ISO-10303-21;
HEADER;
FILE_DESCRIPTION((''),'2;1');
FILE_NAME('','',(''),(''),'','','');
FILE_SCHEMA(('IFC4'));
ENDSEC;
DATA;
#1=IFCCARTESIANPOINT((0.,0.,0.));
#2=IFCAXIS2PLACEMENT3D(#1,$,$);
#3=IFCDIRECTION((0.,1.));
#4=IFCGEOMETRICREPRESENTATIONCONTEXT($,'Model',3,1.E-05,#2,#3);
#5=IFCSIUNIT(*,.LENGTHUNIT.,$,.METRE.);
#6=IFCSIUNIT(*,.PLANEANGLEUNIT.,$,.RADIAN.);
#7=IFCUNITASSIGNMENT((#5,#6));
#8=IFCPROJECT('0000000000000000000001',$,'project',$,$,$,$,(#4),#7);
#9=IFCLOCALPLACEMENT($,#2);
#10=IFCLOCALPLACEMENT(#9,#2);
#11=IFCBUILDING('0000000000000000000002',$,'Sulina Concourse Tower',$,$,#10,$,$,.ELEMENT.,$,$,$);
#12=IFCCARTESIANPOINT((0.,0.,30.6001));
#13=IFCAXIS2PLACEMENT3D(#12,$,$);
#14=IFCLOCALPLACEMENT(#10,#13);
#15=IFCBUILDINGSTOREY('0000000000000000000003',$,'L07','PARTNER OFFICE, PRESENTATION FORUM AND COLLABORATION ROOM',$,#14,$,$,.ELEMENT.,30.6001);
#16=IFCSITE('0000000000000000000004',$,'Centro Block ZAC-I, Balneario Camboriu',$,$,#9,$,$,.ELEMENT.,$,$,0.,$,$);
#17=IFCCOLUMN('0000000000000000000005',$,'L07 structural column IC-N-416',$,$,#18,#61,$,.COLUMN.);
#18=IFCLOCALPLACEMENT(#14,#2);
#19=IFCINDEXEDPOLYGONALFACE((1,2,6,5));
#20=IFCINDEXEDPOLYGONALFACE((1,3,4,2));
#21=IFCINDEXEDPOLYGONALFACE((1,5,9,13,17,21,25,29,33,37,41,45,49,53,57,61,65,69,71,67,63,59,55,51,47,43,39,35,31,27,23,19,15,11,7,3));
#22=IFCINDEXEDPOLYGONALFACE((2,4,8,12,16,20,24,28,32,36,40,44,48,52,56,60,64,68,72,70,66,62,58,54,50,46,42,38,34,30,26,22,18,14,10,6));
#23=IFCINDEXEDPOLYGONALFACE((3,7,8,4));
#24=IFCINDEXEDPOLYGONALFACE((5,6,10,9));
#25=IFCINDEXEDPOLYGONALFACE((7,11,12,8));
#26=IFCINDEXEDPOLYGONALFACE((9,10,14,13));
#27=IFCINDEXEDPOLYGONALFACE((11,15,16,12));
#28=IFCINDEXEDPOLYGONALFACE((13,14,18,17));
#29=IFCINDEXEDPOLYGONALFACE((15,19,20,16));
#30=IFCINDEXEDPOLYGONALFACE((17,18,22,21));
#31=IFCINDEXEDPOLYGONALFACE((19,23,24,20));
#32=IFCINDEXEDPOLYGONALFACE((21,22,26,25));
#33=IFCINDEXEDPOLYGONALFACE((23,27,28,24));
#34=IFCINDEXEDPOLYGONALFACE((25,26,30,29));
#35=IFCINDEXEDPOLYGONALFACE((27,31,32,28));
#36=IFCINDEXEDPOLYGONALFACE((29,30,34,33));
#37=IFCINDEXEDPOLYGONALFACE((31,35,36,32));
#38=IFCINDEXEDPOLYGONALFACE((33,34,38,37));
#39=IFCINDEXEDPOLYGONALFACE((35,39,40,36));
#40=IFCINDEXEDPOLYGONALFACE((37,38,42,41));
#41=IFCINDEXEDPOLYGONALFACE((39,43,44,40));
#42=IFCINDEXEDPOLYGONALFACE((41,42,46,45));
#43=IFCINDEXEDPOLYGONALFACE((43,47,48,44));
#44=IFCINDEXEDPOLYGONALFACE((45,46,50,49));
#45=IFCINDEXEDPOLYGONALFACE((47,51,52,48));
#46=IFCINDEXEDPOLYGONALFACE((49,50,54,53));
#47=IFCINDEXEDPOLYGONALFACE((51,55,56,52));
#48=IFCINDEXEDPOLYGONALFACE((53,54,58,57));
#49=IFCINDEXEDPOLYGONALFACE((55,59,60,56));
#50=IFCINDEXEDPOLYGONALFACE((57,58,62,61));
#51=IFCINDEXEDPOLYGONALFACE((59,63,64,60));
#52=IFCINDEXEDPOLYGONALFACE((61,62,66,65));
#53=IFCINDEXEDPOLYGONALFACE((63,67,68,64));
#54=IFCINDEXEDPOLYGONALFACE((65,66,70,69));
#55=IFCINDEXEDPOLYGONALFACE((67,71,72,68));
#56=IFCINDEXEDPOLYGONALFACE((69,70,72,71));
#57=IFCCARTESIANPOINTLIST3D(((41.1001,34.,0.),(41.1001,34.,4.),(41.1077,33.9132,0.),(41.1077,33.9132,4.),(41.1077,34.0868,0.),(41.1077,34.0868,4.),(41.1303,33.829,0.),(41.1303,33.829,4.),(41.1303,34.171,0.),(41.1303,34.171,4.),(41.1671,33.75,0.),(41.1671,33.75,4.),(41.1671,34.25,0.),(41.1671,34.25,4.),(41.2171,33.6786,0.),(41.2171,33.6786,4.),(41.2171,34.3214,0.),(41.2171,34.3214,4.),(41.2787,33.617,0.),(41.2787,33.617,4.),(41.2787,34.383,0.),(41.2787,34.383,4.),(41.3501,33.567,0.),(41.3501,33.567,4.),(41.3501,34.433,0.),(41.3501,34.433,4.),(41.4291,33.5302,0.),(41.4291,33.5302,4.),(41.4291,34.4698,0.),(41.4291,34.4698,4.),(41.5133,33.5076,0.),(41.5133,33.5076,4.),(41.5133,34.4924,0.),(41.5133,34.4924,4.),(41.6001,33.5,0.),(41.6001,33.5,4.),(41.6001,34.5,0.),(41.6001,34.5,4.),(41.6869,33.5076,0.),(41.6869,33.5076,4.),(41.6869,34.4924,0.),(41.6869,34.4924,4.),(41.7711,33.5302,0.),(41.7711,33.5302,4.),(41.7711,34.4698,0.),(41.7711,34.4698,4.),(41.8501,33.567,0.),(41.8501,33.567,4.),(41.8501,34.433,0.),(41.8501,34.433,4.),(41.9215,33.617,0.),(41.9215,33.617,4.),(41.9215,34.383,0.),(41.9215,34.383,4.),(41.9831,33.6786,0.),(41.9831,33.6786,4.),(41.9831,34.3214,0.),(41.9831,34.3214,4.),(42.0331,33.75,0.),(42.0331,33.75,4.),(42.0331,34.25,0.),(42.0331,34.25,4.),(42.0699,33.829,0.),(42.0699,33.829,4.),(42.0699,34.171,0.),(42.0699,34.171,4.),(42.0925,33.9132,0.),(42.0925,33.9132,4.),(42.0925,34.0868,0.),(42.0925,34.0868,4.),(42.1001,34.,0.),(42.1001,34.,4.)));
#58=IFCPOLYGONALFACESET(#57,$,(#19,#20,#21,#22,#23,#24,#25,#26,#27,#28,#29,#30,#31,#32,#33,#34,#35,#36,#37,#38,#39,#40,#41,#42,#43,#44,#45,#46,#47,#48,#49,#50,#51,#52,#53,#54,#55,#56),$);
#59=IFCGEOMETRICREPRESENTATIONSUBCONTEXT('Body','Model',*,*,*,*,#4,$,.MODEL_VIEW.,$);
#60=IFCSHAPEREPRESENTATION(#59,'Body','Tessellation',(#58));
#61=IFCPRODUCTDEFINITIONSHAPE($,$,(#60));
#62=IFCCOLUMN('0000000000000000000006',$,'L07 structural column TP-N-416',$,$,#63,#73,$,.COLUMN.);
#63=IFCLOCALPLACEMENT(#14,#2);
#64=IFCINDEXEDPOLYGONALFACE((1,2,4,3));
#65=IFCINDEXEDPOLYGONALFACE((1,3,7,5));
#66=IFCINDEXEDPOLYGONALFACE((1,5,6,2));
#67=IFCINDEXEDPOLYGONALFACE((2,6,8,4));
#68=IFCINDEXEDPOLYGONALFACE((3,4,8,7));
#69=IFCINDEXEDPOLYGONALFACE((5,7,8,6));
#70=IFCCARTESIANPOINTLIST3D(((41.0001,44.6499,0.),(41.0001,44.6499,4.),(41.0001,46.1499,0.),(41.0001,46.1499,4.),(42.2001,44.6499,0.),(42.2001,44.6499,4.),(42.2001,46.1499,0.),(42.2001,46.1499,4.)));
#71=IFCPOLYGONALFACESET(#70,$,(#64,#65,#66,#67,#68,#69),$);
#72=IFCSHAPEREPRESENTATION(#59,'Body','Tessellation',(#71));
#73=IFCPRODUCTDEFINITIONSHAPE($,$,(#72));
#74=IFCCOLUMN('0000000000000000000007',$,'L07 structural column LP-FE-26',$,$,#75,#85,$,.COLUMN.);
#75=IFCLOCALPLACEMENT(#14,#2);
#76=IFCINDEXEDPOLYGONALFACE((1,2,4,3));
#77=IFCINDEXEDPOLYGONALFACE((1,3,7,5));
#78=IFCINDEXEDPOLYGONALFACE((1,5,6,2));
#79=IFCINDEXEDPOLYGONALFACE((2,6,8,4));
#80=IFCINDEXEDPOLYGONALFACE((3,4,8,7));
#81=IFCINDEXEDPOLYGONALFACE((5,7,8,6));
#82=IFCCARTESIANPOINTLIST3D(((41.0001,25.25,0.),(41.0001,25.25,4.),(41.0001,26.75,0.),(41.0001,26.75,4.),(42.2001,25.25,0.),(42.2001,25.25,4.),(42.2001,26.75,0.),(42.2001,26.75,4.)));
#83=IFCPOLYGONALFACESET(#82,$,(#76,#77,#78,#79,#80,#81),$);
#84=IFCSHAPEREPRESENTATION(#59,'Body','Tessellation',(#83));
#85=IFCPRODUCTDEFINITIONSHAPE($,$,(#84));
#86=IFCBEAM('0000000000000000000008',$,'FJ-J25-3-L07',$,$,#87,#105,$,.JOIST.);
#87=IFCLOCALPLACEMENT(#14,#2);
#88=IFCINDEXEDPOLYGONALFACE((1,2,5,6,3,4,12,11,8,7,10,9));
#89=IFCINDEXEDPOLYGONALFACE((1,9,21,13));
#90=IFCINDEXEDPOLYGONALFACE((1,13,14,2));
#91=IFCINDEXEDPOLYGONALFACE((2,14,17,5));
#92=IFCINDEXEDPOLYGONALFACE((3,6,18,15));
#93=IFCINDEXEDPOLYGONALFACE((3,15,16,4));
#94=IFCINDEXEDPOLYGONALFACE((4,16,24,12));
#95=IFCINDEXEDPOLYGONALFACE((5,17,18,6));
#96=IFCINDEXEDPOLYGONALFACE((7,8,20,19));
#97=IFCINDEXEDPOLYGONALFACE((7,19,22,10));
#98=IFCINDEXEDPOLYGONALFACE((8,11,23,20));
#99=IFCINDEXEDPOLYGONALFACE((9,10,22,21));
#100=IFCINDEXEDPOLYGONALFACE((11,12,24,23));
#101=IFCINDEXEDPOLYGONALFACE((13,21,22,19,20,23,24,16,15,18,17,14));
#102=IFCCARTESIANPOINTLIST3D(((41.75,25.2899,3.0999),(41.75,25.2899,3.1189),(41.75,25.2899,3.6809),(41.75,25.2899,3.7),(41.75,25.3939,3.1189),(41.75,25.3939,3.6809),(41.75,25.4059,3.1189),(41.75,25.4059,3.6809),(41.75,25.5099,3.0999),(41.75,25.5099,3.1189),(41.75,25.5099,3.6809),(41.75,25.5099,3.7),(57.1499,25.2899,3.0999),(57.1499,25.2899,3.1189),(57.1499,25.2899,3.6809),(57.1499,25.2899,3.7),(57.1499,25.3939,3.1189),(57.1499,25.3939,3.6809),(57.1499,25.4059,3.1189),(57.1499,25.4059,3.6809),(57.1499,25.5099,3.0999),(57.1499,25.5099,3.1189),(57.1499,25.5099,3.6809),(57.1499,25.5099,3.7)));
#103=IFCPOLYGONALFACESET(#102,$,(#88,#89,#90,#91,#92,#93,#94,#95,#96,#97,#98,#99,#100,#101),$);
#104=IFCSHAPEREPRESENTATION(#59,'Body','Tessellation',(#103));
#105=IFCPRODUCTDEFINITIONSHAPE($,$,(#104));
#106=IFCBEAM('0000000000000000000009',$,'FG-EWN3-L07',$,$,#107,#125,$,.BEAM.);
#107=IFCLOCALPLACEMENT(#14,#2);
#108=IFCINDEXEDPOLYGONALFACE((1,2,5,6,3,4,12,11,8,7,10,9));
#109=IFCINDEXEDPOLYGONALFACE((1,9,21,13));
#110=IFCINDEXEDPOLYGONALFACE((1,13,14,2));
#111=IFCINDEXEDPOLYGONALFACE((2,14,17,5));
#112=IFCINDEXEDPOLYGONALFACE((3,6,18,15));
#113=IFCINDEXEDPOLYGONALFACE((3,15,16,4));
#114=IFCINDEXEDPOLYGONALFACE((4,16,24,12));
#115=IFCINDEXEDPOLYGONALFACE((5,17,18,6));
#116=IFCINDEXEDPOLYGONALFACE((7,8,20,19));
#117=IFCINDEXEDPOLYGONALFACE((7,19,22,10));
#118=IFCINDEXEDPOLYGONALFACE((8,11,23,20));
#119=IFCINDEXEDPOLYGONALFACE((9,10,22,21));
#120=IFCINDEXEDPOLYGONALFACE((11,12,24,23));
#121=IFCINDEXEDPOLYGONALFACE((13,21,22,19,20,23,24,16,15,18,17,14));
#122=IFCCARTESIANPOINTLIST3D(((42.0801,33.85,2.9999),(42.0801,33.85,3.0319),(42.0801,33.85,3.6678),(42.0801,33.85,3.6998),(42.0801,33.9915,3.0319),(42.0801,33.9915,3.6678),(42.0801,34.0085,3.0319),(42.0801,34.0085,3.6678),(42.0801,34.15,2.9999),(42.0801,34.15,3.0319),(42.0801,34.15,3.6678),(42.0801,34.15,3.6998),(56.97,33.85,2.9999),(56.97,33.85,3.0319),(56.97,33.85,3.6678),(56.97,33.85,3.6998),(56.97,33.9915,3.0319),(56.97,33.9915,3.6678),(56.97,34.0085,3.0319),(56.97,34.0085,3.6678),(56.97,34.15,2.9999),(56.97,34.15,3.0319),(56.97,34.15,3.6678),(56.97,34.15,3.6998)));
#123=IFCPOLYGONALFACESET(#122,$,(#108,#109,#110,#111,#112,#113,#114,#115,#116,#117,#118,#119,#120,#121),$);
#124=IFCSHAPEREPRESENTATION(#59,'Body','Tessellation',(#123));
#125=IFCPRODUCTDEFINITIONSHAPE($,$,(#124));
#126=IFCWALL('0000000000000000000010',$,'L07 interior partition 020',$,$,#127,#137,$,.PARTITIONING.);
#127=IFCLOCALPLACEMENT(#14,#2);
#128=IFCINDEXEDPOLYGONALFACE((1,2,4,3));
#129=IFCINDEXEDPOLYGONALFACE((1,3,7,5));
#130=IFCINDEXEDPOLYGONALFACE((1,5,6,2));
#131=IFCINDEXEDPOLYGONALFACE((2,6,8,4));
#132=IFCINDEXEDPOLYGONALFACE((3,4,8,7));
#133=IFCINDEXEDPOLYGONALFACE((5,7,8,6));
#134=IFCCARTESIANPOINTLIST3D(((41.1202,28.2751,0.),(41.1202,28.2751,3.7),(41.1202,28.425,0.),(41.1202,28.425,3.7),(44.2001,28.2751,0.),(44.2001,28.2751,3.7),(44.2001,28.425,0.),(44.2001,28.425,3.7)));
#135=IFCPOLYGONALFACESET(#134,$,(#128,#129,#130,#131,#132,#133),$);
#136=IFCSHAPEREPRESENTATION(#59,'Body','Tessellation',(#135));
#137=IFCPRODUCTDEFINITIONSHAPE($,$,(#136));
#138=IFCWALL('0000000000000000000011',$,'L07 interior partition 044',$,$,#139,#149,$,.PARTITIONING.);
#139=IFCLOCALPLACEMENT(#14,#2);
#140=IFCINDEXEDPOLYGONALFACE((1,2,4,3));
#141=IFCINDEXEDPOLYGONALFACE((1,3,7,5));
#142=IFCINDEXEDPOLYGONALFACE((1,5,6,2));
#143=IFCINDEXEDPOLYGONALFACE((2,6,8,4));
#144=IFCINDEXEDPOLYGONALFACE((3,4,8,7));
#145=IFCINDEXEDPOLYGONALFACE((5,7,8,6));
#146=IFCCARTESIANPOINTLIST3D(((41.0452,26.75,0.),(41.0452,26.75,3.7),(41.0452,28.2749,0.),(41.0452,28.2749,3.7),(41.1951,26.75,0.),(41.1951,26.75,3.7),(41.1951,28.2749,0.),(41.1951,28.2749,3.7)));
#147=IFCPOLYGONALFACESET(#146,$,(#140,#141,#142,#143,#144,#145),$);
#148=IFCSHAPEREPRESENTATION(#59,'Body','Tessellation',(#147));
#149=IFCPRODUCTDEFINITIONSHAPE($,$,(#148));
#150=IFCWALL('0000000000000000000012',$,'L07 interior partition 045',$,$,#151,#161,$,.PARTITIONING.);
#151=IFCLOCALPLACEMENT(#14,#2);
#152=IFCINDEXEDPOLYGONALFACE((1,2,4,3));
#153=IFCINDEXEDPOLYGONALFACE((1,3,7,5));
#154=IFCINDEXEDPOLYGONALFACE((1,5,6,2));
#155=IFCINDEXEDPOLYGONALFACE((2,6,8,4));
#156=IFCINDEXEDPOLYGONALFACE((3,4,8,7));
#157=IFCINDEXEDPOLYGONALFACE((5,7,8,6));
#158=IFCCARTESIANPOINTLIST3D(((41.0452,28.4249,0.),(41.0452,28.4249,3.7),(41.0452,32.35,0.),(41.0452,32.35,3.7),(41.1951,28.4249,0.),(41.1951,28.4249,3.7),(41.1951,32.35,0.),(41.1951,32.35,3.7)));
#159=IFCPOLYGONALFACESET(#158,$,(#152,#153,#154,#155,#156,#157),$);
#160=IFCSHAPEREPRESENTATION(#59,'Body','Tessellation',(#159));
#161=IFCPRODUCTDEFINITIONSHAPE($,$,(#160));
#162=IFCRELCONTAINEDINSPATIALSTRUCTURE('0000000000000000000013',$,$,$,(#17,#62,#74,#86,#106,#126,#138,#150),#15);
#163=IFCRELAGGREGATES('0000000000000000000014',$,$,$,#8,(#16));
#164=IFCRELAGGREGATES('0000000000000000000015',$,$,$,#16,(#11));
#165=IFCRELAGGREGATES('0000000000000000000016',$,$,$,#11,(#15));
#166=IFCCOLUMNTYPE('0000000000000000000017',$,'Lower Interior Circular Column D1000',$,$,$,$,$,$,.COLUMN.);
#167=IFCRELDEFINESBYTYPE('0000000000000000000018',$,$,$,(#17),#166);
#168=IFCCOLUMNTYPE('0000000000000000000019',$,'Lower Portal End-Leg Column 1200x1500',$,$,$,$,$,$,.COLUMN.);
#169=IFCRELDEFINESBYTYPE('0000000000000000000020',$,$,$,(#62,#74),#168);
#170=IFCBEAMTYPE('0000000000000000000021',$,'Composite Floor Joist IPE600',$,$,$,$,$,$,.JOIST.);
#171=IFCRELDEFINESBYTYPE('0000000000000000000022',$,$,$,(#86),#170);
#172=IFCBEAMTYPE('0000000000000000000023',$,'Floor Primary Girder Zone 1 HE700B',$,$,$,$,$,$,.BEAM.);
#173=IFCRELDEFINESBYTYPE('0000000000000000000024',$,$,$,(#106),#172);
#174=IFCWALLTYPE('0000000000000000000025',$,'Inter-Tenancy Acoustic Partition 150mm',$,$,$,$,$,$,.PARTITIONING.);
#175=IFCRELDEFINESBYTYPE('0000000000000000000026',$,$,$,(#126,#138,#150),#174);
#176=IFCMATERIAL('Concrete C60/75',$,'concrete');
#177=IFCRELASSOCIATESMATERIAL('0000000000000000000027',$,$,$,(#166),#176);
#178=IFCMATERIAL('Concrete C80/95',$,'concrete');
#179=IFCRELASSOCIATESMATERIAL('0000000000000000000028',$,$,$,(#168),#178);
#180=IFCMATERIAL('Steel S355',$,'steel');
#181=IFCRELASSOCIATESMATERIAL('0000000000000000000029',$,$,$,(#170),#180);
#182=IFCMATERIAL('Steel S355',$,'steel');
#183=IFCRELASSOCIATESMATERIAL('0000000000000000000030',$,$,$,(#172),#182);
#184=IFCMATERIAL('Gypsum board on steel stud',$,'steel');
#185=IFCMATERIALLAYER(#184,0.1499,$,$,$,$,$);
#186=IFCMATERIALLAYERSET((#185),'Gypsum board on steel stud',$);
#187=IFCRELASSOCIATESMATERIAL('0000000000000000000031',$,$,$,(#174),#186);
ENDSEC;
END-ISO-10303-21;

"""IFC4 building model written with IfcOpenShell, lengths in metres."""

from ifc_helpers import new_model, si_unit, direction, frame, frame_2d, origin, origin_2d, place, context, subcontext, project, spatial, rectangle, circle, i_section, extrude, material, layer, layer_set, material_profile, profile_set, type_object, element, save


model = new_model("IFC4")

# Units and contexts
model_context = context("Model", 3, precision=1e-05, world=origin(), true_north=direction((0.0, 1.0)))
body_context = subcontext(model_context, "Body", "Model", "MODEL_VIEW")
ifc_project = project(units=[si_unit("LENGTHUNIT", "METRE"), si_unit("PLANEANGLEUNIT", "RADIAN")], contexts=[model_context])

# Site, building, storey
site_placement = place(None, origin())
site = spatial("IfcSite", under=ifc_project, at=site_placement, Name="Centro Block ZAC-I, Balneario Camboriu", CompositionType="ELEMENT", RefElevation=0.0)
building_placement = place(site_placement, origin())
building = spatial("IfcBuilding", under=site, at=building_placement, Name="Sulina Concourse Tower", CompositionType="ELEMENT")
storey_placement = place(building_placement, frame((0.0, 0.0, 30.6001)))
storey = spatial("IfcBuildingStorey", under=building, at=storey_placement, Name="L07", Description="PARTNER OFFICE, PRESENTATION FORUM AND COLLABORATION ROOM", CompositionType="ELEMENT", Elevation=30.6001)

# Columns
ifc_material_1 = material(Name="Concrete C60/75", Category="concrete")
ifc_material_profile_1 = material_profile(ifc_material_1, circle(Radius=0.5, at=origin_2d()), Name="RC D1000")
ifc_profile_set_1 = profile_set([ifc_material_profile_1], Name="Concrete C60/75")
column_type_1 = type_object("IfcColumnType", Name="Lower Interior Circular Column D1000", PredefinedType="COLUMN", material=ifc_profile_set_1)
column_placement = place(storey_placement, frame((41.6001, 34.0, 0.0), z_axis=(0.0, 0.0, 1.0), x_axis=(1.0, 0.0, 0.0)))
element("IfcColumn", 1, at=column_placement, inside=storey, type_object=column_type_1, Name="L07 structural column IC-N-416", PredefinedType="COLUMN", context=body_context, shape_type="SweptSolid", body=[
    extrude(circle(Radius=0.5, at=origin_2d()), origin(), (0.0, 0.0, 1.0), 4.0),
])
ifc_material_2 = material(Name="Concrete C80/95", Category="concrete")
ifc_material_profile_2 = material_profile(ifc_material_2, rectangle(XDim=1.2, YDim=1.5, at=origin_2d()), Name="RC 1200x1500")
ifc_profile_set_2 = profile_set([ifc_material_profile_2], Name="Concrete C80/95")
column_type_2 = type_object("IfcColumnType", Name="Lower Portal End-Leg Column 1200x1500", PredefinedType="COLUMN", material=ifc_profile_set_2)
for number, where, z_axis, x_axis, name in (
    (2, (41.6001, 45.3999, 0.0), (0.0, 0.0, 1.0), (1.0, 0.0, 0.0), "L07 structural column TP-N-416"),
    (3, (41.6001, 26.0, 0.0), (0.0, 0.0, 1.0), (1.0, 0.0, 0.0), "L07 structural column LP-FE-26"),
):
    element("IfcColumn", number, at=place(storey_placement, frame(where, z_axis=z_axis, x_axis=x_axis)), inside=storey, type_object=column_type_2, Name=name, PredefinedType="COLUMN", context=body_context, shape_type="SweptSolid", body=[
        extrude(rectangle(XDim=1.2, YDim=1.5, at=origin_2d()), origin(), (0.0, 0.0, 1.0), 4.0),
    ])

# Beams
ifc_material_3 = material(Name="Steel S355", Category="steel")
ifc_material_profile_3 = material_profile(ifc_material_3, i_section(OverallWidth=0.22, OverallDepth=0.6001, WebThickness=0.012, FlangeThickness=0.019, at=origin_2d()), Name="IPE 600")
ifc_profile_set_3 = profile_set([ifc_material_profile_3], Name="Steel S355")
beam_type_1 = type_object("IfcBeamType", Name="Composite Floor Joist IPE600", PredefinedType="JOIST", material=ifc_profile_set_3)
beam_1_placement = place(storey_placement, frame((41.75, 25.3999, 3.3999), z_axis=(1.0, 0.0, 0.0), x_axis=(0.0, 1.0, 0.0)))
element("IfcBeam", 4, at=beam_1_placement, inside=storey, type_object=beam_type_1, Name="FJ-J25-3-L07", PredefinedType="JOIST", context=body_context, shape_type="SweptSolid", body=[
    extrude(i_section(OverallWidth=0.22, OverallDepth=0.6001, WebThickness=0.012, FlangeThickness=0.019, at=origin_2d()), origin(), (0.0, 0.0, 1.0), 15.3999),
])
ifc_material_4 = material(Name="Steel S355", Category="steel")
ifc_material_profile_4 = material_profile(ifc_material_4, i_section(OverallWidth=0.3, OverallDepth=0.7, WebThickness=0.0171, FlangeThickness=0.032, at=origin_2d()), Name="HE 700 B")
ifc_profile_set_4 = profile_set([ifc_material_profile_4], Name="Steel S355")
beam_type_2 = type_object("IfcBeamType", Name="Floor Primary Girder Zone 1 HE700B", PredefinedType="BEAM", material=ifc_profile_set_4)
beam_2_placement = place(storey_placement, frame((42.0801, 34.0, 3.3499), z_axis=(1.0, 0.0, 0.0), x_axis=(0.0, 1.0, 0.0)))
element("IfcBeam", 5, at=beam_2_placement, inside=storey, type_object=beam_type_2, Name="FG-EWN3-L07", PredefinedType="BEAM", context=body_context, shape_type="SweptSolid", body=[
    extrude(i_section(OverallWidth=0.3, OverallDepth=0.7, WebThickness=0.0171, FlangeThickness=0.032, at=origin_2d()), origin(), (0.0, 0.0, 1.0), 14.8899),
])

# Wall
ifc_material_5 = material(Name="Gypsum board on steel stud", Category="steel")
ifc_layer_1 = layer(ifc_material_5, 0.1499)
ifc_layer_set_1 = layer_set([ifc_layer_1], Name="Gypsum board on steel stud")
wall_type_1 = type_object("IfcWallType", Name="Inter-Tenancy Acoustic Partition 150mm", PredefinedType="PARTITIONING", material=ifc_layer_set_1)
wall_1_placement = place(storey_placement, frame((41.1201, 28.3501, 0.0), z_axis=(0.0, 0.0, 1.0), x_axis=(1.0, 0.0, 0.0)))
element("IfcWall", 6, at=wall_1_placement, inside=storey, type_object=wall_type_1, Name="L07 interior partition 020", PredefinedType="PARTITIONING", context=body_context, shape_type="SweptSolid", body=[
    extrude(rectangle(XDim=3.0798, YDim=0.1499, at=frame_2d((1.54, 0.0))), origin(), (0.0, 0.0, 1.0), 3.7),
])

# Walls
wall_2_placement = place(storey_placement, frame((41.1201, 26.75, 0.0), z_axis=(0.0, 0.0, 1.0), x_axis=(0.0, 1.0, 0.0)))
element("IfcWall", 7, at=wall_2_placement, inside=storey, type_object=wall_type_1, Name="L07 interior partition 044", PredefinedType="PARTITIONING", context=body_context, shape_type="SweptSolid", body=[
    extrude(rectangle(XDim=1.5249, YDim=0.1499, at=frame_2d((0.7625, 0.0))), origin(), (0.0, 0.0, 1.0), 3.7),
])
wall_3_placement = place(storey_placement, frame((41.1201, 28.425, 0.0), z_axis=(0.0, 0.0, 1.0), x_axis=(0.0, 1.0, 0.0)))
element("IfcWall", 8, at=wall_3_placement, inside=storey, type_object=wall_type_1, Name="L07 interior partition 045", PredefinedType="PARTITIONING", context=body_context, shape_type="SweptSolid", body=[
    extrude(rectangle(XDim=3.925, YDim=0.1499, at=frame_2d((1.9624, 0.0))), origin(), (0.0, 0.0, 1.0), 3.7),
])

save(model, "model.ifc")
